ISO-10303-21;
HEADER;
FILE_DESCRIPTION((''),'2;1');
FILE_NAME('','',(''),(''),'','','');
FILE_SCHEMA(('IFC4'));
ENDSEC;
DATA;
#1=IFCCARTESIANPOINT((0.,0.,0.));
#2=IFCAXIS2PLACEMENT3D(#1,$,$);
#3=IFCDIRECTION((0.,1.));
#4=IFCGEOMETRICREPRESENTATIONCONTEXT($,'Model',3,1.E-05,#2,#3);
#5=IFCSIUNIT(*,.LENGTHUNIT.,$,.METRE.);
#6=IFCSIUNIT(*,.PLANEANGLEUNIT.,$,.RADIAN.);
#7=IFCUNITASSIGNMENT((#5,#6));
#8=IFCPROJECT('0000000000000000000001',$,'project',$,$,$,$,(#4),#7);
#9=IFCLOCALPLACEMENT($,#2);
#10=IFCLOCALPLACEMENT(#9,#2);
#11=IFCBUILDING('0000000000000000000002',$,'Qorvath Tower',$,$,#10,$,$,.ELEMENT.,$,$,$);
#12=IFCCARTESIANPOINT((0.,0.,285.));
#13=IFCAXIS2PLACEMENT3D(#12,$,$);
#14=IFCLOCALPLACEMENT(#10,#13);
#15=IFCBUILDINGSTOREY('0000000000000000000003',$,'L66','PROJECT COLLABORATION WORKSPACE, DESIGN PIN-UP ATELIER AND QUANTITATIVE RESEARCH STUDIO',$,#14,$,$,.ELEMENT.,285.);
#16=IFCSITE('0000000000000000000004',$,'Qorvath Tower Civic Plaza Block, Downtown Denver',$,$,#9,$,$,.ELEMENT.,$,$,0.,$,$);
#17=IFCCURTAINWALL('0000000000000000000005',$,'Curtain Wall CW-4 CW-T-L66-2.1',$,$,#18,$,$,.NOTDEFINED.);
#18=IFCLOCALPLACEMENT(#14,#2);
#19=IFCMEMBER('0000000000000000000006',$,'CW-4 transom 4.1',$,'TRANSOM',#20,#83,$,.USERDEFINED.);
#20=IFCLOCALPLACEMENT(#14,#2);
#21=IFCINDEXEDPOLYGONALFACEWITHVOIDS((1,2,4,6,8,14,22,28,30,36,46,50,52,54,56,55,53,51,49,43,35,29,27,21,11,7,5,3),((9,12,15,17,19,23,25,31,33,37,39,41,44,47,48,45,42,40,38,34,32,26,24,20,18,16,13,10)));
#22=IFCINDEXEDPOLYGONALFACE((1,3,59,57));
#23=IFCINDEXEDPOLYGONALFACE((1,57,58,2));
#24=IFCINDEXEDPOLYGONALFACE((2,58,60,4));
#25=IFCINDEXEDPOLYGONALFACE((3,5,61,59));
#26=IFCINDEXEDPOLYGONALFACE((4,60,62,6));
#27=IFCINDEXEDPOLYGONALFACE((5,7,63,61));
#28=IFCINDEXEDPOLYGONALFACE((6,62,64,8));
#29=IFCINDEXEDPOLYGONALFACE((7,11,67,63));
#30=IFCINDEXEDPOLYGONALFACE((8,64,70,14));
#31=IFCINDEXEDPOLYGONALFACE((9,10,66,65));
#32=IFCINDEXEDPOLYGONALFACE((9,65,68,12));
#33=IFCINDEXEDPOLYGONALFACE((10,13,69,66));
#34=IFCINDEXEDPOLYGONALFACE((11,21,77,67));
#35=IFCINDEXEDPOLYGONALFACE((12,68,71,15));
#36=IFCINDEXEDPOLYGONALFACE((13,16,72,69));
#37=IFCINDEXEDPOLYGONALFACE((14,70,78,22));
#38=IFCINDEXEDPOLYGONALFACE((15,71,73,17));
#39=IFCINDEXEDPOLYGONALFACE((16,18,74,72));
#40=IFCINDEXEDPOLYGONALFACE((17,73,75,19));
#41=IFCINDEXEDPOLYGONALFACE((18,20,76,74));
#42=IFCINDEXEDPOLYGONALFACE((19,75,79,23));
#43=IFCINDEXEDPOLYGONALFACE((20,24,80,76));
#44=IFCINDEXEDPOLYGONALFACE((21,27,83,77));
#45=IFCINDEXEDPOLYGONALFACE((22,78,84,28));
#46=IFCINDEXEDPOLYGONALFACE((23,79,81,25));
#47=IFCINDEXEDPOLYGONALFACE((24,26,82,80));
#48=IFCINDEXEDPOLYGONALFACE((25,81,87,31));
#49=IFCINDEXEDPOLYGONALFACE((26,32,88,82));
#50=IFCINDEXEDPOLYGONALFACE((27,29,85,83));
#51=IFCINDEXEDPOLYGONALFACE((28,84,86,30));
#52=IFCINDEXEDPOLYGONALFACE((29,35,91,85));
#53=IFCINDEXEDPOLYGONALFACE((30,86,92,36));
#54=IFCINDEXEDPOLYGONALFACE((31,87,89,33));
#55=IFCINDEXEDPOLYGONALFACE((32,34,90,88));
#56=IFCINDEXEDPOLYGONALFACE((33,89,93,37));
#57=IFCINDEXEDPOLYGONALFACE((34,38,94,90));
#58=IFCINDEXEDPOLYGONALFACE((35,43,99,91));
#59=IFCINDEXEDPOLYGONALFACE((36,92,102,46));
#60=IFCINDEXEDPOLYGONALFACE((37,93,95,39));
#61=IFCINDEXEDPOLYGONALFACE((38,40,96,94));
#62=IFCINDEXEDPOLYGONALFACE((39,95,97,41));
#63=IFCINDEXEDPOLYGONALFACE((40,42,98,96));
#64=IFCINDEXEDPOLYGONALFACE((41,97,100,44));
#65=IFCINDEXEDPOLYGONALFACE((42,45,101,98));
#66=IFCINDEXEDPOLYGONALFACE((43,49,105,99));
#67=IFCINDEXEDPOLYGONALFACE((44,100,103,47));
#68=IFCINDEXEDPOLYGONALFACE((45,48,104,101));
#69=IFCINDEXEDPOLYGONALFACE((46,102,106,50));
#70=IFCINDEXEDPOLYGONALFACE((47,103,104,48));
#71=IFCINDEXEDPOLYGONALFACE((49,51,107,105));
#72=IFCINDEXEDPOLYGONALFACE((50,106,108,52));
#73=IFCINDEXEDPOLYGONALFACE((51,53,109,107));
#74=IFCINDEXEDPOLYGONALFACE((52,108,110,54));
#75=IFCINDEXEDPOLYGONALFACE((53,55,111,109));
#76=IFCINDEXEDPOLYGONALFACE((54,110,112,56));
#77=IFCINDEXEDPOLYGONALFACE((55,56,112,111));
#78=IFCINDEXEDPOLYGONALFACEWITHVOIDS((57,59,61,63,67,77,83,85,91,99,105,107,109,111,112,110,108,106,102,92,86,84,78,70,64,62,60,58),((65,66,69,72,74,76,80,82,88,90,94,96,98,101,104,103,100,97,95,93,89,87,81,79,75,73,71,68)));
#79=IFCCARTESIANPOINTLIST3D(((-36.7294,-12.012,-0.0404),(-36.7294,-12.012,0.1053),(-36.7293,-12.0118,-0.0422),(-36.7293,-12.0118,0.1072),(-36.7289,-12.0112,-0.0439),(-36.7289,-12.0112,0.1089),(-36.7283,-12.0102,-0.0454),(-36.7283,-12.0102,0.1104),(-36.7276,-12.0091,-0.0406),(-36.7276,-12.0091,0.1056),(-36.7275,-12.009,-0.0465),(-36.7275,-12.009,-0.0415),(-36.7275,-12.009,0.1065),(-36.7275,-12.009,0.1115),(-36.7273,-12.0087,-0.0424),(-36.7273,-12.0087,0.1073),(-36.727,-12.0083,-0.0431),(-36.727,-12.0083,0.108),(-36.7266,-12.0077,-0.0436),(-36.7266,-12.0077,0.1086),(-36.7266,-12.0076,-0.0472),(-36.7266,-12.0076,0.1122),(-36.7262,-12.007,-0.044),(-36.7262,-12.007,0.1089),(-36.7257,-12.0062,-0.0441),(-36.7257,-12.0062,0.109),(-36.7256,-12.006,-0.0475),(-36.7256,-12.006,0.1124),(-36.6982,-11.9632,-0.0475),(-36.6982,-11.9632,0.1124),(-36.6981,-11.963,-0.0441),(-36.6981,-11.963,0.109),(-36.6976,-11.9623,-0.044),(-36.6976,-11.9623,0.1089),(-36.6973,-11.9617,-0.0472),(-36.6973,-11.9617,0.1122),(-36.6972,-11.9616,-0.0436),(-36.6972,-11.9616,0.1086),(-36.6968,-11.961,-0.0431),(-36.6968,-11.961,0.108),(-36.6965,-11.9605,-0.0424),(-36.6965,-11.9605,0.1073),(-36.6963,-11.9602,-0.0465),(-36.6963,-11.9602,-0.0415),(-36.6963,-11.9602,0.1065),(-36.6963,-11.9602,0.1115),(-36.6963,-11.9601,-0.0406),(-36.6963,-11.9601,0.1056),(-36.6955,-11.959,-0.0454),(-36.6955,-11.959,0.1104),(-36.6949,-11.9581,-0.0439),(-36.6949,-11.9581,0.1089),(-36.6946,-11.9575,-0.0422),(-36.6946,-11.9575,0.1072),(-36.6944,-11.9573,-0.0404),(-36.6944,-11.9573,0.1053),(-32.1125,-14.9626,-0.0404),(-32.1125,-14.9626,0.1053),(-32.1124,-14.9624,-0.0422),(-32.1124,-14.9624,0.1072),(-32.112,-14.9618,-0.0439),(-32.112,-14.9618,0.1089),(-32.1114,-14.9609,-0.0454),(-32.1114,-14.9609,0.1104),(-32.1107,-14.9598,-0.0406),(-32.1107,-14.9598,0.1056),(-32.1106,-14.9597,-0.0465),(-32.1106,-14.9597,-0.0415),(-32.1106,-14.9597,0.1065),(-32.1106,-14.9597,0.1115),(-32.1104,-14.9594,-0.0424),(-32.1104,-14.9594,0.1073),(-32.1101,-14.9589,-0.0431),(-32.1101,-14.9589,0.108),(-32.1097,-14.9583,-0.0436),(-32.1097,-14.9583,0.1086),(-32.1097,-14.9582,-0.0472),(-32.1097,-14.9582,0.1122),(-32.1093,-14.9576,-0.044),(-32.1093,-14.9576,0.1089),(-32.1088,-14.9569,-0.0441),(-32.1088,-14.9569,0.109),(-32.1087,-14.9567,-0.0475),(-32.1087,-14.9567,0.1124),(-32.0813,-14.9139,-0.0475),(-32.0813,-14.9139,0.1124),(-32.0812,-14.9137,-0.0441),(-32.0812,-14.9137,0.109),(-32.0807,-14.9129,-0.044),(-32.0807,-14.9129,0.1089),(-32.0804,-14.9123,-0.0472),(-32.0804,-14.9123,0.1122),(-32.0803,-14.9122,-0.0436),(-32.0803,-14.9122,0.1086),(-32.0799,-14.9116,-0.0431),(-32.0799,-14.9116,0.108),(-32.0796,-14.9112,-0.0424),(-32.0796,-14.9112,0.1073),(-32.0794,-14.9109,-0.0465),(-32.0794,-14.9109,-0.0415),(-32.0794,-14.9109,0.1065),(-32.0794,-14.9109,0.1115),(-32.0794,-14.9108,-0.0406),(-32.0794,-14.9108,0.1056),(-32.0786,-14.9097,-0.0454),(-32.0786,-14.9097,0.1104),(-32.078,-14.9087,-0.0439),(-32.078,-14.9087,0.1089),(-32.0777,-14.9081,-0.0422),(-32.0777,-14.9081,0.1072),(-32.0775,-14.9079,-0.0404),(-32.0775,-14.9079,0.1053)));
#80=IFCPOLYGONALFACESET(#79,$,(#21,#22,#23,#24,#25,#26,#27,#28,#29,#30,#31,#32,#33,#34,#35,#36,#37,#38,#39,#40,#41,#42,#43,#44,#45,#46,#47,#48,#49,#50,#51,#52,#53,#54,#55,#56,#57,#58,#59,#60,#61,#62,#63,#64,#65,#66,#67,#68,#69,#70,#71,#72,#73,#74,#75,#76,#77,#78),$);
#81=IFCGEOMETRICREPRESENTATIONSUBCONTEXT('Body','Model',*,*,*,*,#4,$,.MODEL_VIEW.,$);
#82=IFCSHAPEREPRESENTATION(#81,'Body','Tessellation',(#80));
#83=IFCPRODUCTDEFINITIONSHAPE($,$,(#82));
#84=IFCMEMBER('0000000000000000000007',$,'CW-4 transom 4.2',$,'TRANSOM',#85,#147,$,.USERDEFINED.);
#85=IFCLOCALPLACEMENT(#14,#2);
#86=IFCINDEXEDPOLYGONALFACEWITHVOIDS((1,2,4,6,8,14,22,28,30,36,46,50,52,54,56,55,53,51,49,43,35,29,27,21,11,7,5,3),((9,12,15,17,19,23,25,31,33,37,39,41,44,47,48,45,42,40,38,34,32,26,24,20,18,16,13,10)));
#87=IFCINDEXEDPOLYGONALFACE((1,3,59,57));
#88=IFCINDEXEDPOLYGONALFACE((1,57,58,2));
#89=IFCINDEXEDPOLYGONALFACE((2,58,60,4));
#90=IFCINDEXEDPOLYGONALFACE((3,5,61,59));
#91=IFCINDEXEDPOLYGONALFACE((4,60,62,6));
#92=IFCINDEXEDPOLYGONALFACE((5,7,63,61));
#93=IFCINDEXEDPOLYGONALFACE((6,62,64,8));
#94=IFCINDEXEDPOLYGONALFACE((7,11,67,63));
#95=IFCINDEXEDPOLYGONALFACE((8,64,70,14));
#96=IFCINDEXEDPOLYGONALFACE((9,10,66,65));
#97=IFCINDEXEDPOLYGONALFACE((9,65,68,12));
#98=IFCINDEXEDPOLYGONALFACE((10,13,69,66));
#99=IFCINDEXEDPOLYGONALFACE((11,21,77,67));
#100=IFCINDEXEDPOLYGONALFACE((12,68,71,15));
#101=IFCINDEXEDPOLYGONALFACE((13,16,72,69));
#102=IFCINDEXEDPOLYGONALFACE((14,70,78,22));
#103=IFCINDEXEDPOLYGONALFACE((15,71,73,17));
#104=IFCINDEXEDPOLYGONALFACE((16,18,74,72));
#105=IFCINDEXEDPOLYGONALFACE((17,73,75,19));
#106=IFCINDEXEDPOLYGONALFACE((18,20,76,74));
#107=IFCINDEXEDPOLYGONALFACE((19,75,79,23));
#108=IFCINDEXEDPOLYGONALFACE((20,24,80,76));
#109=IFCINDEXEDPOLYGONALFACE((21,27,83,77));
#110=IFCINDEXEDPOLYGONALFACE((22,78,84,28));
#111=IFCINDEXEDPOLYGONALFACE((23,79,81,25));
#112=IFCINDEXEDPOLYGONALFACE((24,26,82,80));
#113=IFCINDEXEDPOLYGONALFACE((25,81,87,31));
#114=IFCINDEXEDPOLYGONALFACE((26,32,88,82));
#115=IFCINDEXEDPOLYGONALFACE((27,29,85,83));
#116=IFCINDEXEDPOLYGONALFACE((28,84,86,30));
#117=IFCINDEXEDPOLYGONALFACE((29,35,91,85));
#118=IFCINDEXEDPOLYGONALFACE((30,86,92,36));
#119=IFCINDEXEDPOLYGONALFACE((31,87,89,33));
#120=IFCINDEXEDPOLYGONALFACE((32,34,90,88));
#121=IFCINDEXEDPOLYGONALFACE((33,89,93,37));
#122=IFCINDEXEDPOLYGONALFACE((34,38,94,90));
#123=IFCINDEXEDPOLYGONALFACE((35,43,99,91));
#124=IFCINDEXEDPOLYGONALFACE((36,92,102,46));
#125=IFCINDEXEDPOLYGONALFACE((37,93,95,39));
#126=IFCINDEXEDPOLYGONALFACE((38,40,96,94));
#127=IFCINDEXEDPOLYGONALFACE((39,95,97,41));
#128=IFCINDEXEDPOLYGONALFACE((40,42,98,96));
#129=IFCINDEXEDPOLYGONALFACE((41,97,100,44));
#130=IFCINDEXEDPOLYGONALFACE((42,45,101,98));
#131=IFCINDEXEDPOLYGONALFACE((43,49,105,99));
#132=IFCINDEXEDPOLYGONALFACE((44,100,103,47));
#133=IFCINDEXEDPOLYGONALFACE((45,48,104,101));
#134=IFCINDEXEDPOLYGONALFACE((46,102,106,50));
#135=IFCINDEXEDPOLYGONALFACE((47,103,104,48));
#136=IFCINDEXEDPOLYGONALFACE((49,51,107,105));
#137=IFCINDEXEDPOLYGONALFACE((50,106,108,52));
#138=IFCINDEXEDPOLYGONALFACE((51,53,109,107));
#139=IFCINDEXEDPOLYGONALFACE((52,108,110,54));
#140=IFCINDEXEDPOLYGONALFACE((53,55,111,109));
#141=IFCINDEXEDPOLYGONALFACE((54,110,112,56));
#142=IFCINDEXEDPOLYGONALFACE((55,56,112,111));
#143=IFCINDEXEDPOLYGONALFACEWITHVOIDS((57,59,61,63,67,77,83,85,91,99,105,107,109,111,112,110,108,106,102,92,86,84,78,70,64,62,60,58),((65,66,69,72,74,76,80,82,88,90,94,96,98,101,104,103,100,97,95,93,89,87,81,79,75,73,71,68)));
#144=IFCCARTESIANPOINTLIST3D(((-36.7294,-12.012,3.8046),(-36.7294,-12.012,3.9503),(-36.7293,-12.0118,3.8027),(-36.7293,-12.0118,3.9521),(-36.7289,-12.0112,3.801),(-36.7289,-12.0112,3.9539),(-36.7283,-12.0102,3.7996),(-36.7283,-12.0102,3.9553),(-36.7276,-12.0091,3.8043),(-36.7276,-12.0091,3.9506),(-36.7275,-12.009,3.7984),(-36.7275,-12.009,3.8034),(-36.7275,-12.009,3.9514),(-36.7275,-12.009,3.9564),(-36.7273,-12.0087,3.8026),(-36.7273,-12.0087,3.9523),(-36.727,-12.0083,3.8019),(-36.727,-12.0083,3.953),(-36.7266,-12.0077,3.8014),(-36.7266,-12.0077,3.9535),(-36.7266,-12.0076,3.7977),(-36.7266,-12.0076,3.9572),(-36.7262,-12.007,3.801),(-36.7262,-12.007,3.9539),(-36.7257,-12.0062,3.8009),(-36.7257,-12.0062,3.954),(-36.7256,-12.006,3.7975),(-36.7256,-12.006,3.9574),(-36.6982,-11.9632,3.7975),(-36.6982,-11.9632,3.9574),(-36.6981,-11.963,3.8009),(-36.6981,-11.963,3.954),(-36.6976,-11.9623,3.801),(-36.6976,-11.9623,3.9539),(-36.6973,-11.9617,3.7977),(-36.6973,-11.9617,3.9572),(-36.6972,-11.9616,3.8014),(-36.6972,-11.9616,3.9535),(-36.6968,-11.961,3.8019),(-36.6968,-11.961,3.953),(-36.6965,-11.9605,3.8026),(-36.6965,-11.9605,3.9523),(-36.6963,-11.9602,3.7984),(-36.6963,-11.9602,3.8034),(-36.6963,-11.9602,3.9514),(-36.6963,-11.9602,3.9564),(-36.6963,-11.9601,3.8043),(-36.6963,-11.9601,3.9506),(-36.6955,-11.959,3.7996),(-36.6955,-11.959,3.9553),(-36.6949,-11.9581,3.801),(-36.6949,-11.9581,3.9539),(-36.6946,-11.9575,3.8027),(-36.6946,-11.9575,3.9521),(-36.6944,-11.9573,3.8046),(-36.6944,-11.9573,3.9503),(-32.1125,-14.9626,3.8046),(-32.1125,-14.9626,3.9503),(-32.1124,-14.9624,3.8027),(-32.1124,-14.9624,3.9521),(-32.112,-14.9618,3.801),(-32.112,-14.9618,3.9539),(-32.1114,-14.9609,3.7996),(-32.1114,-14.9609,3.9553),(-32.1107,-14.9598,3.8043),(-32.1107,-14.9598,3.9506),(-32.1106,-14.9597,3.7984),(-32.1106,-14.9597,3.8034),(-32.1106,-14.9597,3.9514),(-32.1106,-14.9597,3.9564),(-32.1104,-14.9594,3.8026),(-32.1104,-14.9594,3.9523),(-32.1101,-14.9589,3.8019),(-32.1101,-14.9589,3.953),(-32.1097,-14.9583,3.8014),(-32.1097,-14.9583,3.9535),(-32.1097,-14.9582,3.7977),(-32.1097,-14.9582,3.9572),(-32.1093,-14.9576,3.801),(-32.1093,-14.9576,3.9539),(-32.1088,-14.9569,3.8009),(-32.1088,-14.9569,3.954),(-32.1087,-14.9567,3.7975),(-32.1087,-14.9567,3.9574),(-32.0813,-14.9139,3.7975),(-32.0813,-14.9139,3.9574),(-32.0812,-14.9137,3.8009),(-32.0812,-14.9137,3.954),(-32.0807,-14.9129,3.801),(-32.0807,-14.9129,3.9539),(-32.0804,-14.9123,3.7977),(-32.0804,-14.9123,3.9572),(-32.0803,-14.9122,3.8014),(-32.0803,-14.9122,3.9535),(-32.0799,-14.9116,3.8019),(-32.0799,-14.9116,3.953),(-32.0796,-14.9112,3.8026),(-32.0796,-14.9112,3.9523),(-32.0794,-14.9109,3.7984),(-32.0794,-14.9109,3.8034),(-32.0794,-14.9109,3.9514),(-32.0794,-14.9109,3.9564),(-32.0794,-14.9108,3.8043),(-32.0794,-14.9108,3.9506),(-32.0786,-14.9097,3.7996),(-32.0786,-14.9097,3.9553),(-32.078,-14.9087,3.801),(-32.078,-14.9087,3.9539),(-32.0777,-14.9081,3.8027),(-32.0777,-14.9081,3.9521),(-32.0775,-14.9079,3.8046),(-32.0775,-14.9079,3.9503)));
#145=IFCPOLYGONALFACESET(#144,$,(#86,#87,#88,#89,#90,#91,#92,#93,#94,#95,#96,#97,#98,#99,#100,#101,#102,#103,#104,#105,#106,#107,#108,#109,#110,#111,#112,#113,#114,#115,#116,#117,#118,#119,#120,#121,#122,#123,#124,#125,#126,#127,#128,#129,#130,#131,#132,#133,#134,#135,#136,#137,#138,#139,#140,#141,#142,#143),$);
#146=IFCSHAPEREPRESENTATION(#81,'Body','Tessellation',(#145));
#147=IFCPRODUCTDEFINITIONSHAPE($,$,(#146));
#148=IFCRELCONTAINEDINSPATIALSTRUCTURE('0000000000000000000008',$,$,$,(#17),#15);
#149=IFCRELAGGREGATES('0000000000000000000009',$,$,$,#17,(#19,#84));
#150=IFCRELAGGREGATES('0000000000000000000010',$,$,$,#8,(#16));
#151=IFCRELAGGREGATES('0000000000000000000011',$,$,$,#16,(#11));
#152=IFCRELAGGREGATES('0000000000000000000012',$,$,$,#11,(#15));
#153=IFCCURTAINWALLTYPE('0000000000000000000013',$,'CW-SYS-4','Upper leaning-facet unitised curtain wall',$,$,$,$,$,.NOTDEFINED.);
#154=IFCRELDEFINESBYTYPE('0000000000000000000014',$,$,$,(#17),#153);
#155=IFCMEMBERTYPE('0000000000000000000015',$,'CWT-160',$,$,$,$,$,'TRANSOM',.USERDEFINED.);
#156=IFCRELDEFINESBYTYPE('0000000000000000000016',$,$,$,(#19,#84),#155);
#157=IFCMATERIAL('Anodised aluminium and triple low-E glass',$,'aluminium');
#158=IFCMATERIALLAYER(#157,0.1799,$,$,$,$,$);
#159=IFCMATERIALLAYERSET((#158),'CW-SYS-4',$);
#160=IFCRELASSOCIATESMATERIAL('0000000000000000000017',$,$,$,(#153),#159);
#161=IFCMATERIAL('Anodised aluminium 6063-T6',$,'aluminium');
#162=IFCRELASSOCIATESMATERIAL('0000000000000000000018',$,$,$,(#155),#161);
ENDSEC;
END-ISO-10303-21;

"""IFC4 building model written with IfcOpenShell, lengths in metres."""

from ifc_helpers import new_model, si_unit, direction, frame, origin, origin_2d, place, context, subcontext, project, spatial, hollow_rectangle, extrude, material, layer, layer_set, material_profile, profile_set, type_object, element, aggregate, save


model = new_model("IFC4")

# Units and contexts
model_context = context("Model", 3, precision=1e-05, world=origin(), true_north=direction((0.0, 1.0)))
body_context = subcontext(model_context, "Body", "Model", "MODEL_VIEW")
ifc_project = project(units=[si_unit("LENGTHUNIT", "METRE"), si_unit("PLANEANGLEUNIT", "RADIAN")], contexts=[model_context])

# Site, building, storey
site_placement = place(None, origin())
site = spatial("IfcSite", under=ifc_project, at=site_placement, Name="Qorvath Tower Civic Plaza Block, Downtown Denver", CompositionType="ELEMENT", RefElevation=0.0)
building_placement = place(site_placement, origin())
building = spatial("IfcBuilding", under=site, at=building_placement, Name="Qorvath Tower", CompositionType="ELEMENT")
storey_placement = place(building_placement, frame((0.0, 0.0, 285.0)))
storey = spatial("IfcBuildingStorey", under=building, at=storey_placement, Name="L66", Description="PROJECT COLLABORATION WORKSPACE, DESIGN PIN-UP ATELIER AND QUANTITATIVE RESEARCH STUDIO", CompositionType="ELEMENT", Elevation=285.0)

# Curtain wall, members
ifc_material_1 = material(Name="Anodised aluminium and triple low-E glass", Category="aluminium")
ifc_layer_1 = layer(ifc_material_1, 0.1799)
ifc_layer_set_1 = layer_set([ifc_layer_1], Name="CW-SYS-4")
curtain_wall_type = type_object("IfcCurtainWallType", Name="CW-SYS-4", Description="Upper leaning-facet unitised curtain wall", PredefinedType="NOTDEFINED", material=ifc_layer_set_1)
curtain_wall_placement = place(storey_placement, origin())
curtain_wall = element("IfcCurtainWall", 1, at=curtain_wall_placement, inside=storey, type_object=curtain_wall_type, Name="Curtain Wall CW-4 CW-T-L66-2.1", PredefinedType="NOTDEFINED")
ifc_material_2 = material(Name="Anodised aluminium 6063-T6", Category="aluminium")
ifc_material_profile_1 = material_profile(ifc_material_2, hollow_rectangle(XDim=0.0649, YDim=0.1599, WallThickness=0.0034, InnerFilletRadius=0.0034, OuterFilletRadius=0.0071, at=origin_2d()), Name="CWT 160x65")
ifc_profile_set_1 = profile_set([ifc_material_profile_1], Name="Anodised aluminium 6063-T6")
member_type_1 = type_object("IfcMemberType", Name="CWT-160", ElementType="TRANSOM", PredefinedType="USERDEFINED", material=ifc_profile_set_1)
member_1_placement = place(storey_placement, frame((-36.7119, -11.9846, 0.0325), z_axis=(0.842616, -0.538515, 0.0), x_axis=(0.538515, 0.842616, 0.0)))
member_1 = element("IfcMember", 2, at=member_1_placement, type_object=member_type_1, Name="CW-4 transom 4.1", ObjectType="TRANSOM", PredefinedType="USERDEFINED", context=body_context, shape_type="SweptSolid", body=[
    extrude(hollow_rectangle(XDim=0.0649, YDim=0.1599, WallThickness=0.0034, InnerFilletRadius=0.0034, OuterFilletRadius=0.0071, at=origin_2d()), origin(), (0.0, 0.0, 1.0), 5.4792),
])
member_2_placement = place(storey_placement, frame((-36.7119, -11.9846, 3.8774), z_axis=(0.842616, -0.538515, 0.0), x_axis=(0.538515, 0.842616, 0.0)))
member_2 = element("IfcMember", 3, at=member_2_placement, type_object=member_type_1, Name="CW-4 transom 4.2", ObjectType="TRANSOM", PredefinedType="USERDEFINED", context=body_context, shape_type="SweptSolid", body=[
    extrude(hollow_rectangle(XDim=0.0649, YDim=0.1599, WallThickness=0.0034, InnerFilletRadius=0.0034, OuterFilletRadius=0.0071, at=origin_2d()), origin(), (0.0, 0.0, 1.0), 5.4792),
])
aggregate(curtain_wall, [member_1, member_2])

save(model, "model.ifc")
